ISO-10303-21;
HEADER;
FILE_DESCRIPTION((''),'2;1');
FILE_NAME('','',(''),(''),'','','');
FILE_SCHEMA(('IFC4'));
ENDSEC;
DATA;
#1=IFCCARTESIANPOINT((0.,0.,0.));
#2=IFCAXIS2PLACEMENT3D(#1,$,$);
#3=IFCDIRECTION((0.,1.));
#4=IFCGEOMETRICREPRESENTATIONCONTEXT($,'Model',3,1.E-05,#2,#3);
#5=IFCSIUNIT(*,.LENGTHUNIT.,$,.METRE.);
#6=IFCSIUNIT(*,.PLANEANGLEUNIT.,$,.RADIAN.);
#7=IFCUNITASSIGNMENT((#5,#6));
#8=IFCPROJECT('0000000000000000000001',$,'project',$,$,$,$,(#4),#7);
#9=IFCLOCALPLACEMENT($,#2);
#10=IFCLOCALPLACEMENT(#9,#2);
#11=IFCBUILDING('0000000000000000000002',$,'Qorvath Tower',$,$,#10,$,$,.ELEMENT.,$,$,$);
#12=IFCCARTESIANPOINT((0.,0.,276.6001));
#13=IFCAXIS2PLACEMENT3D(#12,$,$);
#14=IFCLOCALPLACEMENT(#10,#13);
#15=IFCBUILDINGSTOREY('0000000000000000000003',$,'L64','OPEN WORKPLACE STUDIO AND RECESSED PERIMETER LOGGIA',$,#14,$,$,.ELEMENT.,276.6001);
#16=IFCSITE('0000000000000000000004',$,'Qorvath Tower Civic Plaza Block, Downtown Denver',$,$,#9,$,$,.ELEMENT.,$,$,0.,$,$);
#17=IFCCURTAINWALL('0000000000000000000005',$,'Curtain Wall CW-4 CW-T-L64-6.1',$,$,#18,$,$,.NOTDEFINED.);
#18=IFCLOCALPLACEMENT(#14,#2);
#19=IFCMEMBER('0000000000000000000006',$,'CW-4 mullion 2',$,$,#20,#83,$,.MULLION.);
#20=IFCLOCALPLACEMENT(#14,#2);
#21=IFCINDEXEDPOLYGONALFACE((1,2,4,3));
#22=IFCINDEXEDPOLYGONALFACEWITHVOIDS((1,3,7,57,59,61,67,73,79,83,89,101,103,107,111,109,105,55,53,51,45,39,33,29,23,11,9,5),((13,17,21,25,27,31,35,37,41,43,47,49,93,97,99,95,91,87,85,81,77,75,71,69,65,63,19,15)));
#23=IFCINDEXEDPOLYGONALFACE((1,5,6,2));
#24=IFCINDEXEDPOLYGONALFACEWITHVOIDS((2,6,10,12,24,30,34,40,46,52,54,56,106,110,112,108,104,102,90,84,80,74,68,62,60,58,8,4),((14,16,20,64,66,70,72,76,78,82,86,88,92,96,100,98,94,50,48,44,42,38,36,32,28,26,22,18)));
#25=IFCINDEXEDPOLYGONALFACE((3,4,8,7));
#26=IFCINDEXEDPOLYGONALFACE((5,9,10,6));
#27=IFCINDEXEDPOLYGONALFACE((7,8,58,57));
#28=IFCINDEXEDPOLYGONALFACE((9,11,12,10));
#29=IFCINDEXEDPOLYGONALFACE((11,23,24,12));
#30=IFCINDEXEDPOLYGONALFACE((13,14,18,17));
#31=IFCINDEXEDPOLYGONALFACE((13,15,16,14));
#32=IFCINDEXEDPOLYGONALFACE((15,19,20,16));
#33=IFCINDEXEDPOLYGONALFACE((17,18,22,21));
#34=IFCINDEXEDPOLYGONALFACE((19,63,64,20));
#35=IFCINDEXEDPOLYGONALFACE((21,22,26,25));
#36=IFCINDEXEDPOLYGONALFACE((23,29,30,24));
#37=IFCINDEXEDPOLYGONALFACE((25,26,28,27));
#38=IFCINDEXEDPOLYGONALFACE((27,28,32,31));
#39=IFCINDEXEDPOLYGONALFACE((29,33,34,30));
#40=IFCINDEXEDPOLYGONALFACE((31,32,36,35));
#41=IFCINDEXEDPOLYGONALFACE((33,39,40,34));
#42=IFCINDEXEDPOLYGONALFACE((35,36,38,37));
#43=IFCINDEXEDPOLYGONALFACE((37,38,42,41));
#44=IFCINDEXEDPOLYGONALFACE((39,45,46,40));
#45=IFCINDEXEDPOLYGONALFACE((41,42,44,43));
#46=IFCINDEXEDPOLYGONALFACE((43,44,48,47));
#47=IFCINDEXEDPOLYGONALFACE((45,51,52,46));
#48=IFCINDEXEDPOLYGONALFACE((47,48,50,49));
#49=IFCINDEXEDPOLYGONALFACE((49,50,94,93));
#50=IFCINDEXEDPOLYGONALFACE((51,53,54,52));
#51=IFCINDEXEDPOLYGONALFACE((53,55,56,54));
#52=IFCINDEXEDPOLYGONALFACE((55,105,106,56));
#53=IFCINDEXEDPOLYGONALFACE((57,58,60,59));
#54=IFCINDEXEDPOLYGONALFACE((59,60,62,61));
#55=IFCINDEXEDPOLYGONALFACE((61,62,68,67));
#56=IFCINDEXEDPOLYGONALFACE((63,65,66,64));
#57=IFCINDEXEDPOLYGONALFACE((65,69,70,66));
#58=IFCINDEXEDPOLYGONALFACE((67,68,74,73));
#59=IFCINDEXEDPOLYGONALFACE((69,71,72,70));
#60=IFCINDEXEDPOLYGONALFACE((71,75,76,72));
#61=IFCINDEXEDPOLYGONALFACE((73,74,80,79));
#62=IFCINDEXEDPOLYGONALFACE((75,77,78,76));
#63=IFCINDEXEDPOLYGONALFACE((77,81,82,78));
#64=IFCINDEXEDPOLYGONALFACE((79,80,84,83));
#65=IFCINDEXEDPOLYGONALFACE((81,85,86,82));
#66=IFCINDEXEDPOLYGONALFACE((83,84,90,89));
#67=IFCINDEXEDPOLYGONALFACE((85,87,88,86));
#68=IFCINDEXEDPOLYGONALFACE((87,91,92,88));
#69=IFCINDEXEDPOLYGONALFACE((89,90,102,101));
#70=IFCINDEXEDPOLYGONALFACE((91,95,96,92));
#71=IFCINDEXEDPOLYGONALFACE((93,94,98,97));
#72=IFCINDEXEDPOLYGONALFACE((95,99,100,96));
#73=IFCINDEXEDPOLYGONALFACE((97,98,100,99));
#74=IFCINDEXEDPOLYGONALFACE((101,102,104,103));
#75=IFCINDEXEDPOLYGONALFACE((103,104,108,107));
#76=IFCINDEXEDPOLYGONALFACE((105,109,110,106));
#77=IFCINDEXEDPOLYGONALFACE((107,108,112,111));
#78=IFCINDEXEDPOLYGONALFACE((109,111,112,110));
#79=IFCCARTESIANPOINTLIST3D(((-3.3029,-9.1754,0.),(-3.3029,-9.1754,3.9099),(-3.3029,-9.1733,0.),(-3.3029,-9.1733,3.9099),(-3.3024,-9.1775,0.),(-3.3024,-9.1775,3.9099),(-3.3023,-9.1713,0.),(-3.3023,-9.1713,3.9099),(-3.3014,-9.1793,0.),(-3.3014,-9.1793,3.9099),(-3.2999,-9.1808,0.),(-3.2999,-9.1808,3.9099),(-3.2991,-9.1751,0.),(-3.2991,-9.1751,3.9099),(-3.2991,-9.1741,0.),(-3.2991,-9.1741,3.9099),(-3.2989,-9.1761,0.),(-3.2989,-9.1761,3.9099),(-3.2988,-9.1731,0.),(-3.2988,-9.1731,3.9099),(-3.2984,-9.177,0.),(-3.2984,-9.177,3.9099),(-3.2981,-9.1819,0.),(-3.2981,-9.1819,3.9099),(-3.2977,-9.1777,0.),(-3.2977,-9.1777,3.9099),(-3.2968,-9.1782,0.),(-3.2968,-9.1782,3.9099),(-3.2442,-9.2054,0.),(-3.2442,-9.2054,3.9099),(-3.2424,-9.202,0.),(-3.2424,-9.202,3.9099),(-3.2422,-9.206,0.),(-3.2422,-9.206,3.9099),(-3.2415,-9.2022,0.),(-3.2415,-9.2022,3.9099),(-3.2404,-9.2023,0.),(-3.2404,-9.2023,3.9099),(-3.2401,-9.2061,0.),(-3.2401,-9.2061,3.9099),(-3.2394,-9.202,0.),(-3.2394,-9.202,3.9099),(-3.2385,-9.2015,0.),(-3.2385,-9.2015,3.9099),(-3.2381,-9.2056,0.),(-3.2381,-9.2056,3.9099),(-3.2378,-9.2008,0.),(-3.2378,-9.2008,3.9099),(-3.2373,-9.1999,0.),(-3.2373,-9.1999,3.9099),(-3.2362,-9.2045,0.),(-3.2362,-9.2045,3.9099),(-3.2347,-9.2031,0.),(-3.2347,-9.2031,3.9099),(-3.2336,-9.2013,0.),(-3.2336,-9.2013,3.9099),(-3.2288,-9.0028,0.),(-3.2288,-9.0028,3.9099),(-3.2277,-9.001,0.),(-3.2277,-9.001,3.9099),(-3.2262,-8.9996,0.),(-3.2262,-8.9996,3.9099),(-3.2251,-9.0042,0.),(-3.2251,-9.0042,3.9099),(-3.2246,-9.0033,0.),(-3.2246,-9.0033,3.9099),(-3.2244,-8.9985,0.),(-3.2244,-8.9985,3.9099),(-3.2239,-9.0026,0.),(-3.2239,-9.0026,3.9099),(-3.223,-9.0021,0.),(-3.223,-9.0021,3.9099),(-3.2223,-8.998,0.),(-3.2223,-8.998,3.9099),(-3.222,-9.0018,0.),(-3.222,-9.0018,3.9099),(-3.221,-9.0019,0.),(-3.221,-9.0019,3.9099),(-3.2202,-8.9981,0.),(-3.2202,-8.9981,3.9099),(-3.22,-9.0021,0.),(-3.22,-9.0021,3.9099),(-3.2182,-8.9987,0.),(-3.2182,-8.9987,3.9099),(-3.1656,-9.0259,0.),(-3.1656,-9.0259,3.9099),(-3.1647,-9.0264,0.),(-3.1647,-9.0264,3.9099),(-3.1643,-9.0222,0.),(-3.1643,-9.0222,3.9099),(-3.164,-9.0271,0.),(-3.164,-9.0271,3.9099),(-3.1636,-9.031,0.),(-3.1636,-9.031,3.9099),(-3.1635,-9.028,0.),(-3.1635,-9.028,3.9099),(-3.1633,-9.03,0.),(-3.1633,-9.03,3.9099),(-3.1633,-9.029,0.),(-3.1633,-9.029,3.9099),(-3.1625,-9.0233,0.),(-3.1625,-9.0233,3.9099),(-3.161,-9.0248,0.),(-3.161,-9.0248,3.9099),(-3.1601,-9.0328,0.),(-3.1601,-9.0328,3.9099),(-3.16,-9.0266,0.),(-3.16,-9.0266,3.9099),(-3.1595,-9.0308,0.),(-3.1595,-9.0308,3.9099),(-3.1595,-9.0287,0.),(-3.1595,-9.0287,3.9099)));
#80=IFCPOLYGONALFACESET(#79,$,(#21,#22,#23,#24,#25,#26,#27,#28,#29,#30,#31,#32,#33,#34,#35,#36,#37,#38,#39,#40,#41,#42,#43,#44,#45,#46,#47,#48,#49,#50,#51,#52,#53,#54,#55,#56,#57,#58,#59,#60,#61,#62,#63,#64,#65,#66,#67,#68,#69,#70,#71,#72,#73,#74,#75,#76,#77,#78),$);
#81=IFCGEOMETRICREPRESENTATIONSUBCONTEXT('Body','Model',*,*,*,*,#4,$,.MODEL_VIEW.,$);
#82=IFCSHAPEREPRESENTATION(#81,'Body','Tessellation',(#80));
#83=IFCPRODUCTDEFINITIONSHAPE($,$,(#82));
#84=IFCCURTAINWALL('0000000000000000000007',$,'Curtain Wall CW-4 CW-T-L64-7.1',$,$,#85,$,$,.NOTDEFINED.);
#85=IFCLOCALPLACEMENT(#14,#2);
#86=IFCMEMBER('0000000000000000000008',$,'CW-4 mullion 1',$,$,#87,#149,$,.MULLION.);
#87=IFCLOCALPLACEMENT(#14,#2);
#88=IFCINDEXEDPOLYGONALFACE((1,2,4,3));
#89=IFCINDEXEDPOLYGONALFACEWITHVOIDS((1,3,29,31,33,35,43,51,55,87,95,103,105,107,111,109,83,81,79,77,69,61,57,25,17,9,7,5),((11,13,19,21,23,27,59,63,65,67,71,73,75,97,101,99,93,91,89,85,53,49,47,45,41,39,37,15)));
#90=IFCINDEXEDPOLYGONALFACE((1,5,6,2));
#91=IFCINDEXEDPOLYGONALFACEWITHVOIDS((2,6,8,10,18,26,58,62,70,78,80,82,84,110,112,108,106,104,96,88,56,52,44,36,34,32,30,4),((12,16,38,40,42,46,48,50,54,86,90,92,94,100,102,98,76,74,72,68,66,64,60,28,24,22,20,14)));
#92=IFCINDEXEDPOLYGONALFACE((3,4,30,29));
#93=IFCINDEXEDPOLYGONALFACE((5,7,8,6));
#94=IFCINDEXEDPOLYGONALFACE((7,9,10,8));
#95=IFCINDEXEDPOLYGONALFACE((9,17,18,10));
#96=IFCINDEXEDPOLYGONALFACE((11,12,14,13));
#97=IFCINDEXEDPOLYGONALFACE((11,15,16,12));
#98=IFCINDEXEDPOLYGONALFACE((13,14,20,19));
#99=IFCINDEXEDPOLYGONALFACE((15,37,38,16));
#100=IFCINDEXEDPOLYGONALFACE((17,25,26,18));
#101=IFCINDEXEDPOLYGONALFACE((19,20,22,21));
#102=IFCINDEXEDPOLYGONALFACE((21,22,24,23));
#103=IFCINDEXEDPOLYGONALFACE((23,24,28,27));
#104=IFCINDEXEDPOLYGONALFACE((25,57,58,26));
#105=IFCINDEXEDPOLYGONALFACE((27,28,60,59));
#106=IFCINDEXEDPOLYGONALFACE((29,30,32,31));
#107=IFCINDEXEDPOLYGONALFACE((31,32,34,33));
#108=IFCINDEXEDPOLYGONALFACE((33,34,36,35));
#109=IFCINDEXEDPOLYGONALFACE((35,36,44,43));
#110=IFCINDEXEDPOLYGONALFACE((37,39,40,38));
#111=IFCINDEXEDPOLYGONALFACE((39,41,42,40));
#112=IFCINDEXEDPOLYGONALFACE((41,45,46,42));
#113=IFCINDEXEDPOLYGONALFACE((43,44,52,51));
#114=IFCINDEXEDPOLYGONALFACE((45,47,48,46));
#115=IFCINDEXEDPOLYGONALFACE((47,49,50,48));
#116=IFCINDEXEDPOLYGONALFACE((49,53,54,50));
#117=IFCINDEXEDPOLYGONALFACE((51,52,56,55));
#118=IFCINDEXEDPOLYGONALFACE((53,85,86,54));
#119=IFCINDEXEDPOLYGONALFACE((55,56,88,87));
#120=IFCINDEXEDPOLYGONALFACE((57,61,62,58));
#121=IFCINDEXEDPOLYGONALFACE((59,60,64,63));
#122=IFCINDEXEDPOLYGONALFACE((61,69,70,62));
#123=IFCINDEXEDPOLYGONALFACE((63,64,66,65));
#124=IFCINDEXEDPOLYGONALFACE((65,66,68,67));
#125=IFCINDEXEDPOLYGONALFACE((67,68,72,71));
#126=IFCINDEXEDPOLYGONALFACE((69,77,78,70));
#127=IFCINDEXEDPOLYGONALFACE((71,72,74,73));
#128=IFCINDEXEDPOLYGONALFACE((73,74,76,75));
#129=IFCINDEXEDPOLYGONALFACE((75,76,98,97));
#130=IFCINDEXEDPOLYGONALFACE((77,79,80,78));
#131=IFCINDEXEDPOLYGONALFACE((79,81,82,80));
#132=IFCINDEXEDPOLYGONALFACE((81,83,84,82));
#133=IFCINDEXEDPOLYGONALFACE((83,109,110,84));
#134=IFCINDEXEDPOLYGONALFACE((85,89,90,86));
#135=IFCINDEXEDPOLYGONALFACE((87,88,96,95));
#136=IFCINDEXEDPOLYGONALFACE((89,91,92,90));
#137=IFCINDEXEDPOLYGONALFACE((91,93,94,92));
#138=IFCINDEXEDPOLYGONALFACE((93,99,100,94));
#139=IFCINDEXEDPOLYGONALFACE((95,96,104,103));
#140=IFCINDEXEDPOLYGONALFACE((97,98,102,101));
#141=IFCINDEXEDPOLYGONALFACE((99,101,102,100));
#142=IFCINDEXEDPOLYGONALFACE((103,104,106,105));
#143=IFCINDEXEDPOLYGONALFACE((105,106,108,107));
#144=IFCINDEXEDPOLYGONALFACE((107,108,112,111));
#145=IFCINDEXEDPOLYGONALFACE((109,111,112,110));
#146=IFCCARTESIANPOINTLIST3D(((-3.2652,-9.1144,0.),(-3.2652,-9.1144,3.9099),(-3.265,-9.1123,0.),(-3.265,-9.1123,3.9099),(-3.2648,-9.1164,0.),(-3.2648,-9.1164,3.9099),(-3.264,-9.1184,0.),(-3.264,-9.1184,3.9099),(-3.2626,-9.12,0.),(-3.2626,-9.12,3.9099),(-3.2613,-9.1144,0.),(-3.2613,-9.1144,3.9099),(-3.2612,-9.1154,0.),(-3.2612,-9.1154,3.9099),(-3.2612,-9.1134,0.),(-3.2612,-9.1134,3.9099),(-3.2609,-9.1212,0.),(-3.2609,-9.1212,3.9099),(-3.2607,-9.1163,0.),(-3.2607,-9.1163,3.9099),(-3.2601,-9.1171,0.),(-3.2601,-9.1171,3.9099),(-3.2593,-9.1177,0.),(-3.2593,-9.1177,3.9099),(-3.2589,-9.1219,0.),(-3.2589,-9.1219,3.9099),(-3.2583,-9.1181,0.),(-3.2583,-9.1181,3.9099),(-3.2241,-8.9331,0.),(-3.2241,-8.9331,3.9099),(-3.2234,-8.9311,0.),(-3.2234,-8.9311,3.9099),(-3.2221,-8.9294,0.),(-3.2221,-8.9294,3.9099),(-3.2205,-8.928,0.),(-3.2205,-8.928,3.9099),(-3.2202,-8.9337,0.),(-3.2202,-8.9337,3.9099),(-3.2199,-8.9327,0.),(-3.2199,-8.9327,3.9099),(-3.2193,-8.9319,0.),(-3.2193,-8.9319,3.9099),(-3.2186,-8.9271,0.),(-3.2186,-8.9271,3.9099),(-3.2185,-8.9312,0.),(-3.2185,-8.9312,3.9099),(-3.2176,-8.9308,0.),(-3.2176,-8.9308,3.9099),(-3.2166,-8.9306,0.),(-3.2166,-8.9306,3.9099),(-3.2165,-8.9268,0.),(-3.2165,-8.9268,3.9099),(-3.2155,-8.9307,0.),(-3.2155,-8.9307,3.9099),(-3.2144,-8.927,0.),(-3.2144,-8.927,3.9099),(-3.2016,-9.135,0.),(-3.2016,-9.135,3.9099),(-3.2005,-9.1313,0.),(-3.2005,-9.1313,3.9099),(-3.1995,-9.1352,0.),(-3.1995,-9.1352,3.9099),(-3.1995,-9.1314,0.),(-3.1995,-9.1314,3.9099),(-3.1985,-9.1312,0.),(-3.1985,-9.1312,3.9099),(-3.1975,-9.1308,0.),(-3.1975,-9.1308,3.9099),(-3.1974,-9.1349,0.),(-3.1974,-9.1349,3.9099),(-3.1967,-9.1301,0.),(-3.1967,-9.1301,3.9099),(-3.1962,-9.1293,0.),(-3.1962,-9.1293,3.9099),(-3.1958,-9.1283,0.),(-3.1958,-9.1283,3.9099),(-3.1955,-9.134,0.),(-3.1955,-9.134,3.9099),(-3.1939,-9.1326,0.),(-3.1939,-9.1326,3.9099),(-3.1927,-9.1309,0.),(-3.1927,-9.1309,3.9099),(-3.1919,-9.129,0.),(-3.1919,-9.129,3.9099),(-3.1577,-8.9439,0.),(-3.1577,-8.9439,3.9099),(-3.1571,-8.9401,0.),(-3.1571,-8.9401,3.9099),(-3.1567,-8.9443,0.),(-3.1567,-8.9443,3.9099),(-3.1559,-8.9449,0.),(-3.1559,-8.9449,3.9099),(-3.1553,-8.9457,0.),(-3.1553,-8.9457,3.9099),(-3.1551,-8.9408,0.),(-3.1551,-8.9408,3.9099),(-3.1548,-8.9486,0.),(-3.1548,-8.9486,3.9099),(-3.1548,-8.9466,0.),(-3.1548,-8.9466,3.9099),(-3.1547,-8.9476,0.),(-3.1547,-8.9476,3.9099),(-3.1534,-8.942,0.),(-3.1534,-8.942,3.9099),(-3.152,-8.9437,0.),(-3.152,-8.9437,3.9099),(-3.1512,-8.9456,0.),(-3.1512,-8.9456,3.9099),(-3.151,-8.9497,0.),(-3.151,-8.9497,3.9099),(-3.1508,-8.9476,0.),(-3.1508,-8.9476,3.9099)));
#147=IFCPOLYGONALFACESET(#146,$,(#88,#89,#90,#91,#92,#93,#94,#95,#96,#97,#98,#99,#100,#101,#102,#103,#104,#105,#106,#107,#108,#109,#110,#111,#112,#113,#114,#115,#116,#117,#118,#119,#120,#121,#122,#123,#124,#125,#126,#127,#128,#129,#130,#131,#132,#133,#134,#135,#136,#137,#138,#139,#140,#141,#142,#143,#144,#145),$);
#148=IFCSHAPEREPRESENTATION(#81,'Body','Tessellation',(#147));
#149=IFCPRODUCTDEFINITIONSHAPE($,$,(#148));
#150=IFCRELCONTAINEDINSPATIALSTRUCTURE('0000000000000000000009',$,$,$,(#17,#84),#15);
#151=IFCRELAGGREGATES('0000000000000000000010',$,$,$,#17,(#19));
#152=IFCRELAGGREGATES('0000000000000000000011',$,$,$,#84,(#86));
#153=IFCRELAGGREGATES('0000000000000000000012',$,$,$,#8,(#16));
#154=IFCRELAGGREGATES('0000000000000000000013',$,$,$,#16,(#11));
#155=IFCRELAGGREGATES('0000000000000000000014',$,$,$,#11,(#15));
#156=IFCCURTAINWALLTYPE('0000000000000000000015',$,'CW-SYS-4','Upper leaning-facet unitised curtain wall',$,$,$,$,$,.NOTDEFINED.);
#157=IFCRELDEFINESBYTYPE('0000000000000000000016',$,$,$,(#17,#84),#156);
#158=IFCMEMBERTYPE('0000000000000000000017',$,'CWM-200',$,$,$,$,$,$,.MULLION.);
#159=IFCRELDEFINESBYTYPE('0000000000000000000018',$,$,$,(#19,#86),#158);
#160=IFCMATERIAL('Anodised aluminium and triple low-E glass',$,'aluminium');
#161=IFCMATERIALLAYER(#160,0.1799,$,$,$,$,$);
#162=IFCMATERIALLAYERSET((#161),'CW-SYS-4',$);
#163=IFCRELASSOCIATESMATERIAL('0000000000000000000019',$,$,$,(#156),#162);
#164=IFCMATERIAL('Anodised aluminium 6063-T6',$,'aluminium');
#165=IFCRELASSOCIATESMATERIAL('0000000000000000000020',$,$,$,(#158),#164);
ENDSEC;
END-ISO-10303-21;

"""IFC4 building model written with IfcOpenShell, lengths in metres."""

from ifc_helpers import new_model, si_unit, direction, frame, origin, origin_2d, place, context, subcontext, project, spatial, hollow_rectangle, extrude, material, layer, layer_set, material_profile, profile_set, type_object, element, aggregate, save


model = new_model("IFC4")

# Units and contexts
model_context = context("Model", 3, precision=1e-05, world=origin(), true_north=direction((0.0, 1.0)))
body_context = subcontext(model_context, "Body", "Model", "MODEL_VIEW")
ifc_project = project(units=[si_unit("LENGTHUNIT", "METRE"), si_unit("PLANEANGLEUNIT", "RADIAN")], contexts=[model_context])

# Site, building, storey
site_placement = place(None, origin())
site = spatial("IfcSite", under=ifc_project, at=site_placement, Name="Qorvath Tower Civic Plaza Block, Downtown Denver", CompositionType="ELEMENT", RefElevation=0.0)
building_placement = place(site_placement, origin())
building = spatial("IfcBuilding", under=site, at=building_placement, Name="Qorvath Tower", CompositionType="ELEMENT")
storey_placement = place(building_placement, frame((0.0, 0.0, 276.6001)))
storey = spatial("IfcBuildingStorey", under=building, at=storey_placement, Name="L64", Description="OPEN WORKPLACE STUDIO AND RECESSED PERIMETER LOGGIA", CompositionType="ELEMENT", Elevation=276.6001)

# Shared definitions
ifc_material_1 = material(Name="Anodised aluminium and triple low-E glass", Category="aluminium")
ifc_layer_1 = layer(ifc_material_1, 0.1799)
ifc_layer_set_1 = layer_set([ifc_layer_1], Name="CW-SYS-4")
curtain_wall_type = type_object("IfcCurtainWallType", Name="CW-SYS-4", Description="Upper leaning-facet unitised curtain wall", PredefinedType="NOTDEFINED", material=ifc_layer_set_1)
ifc_material_2 = material(Name="Anodised aluminium 6063-T6", Category="aluminium")
ifc_material_profile_1 = material_profile(ifc_material_2, hollow_rectangle(XDim=0.075, YDim=0.2, WallThickness=0.0039, InnerFilletRadius=0.0039, OuterFilletRadius=0.0081, at=origin_2d()), Name="CWM 200x75")
ifc_profile_set_1 = profile_set([ifc_material_profile_1], Name="Anodised aluminium 6063-T6")
member_type_1 = type_object("IfcMemberType", Name="CWM-200", PredefinedType="MULLION", material=ifc_profile_set_1)

# Curtain wall, member
curtain_wall_1_placement = place(storey_placement, origin())
curtain_wall_1 = element("IfcCurtainWall", 1, at=curtain_wall_1_placement, inside=storey, type_object=curtain_wall_type, Name="Curtain Wall CW-4 CW-T-L64-6.1", PredefinedType="NOTDEFINED")
member_1_placement = place(storey_placement, frame((-3.2312, -9.1021, 0.0), z_axis=(0.0, 0.0, 1.0), x_axis=(-0.916559, 0.3999, 0.0)))
member_1 = element("IfcMember", 2, at=member_1_placement, type_object=member_type_1, Name="CW-4 mullion 2", PredefinedType="MULLION", context=body_context, shape_type="SweptSolid", body=[
    extrude(hollow_rectangle(XDim=0.075, YDim=0.2, WallThickness=0.0039, InnerFilletRadius=0.0039, OuterFilletRadius=0.0081, at=origin_2d()), origin(), (0.0, 0.0, 1.0), 3.9099),
])

# Curtain wall, member
curtain_wall_2_placement = place(storey_placement, origin())
curtain_wall_2 = element("IfcCurtainWall", 3, at=curtain_wall_2_placement, inside=storey, type_object=curtain_wall_type, Name="Curtain Wall CW-4 CW-T-L64-7.1", PredefinedType="NOTDEFINED")
member_2_placement = place(storey_placement, frame((-3.208, -9.031, 0.0), z_axis=(0.0, 0.0, 1.0), x_axis=(-0.974912, 0.222592, 0.0)))
member_2 = element("IfcMember", 4, at=member_2_placement, type_object=member_type_1, Name="CW-4 mullion 1", PredefinedType="MULLION", context=body_context, shape_type="SweptSolid", body=[
    extrude(hollow_rectangle(XDim=0.075, YDim=0.2, WallThickness=0.0039, InnerFilletRadius=0.0039, OuterFilletRadius=0.0081, at=origin_2d()), origin(), (0.0, 0.0, 1.0), 3.9099),
])

aggregate(curtain_wall_1, [member_1])
aggregate(curtain_wall_2, [member_2])

save(model, "model.ifc")
